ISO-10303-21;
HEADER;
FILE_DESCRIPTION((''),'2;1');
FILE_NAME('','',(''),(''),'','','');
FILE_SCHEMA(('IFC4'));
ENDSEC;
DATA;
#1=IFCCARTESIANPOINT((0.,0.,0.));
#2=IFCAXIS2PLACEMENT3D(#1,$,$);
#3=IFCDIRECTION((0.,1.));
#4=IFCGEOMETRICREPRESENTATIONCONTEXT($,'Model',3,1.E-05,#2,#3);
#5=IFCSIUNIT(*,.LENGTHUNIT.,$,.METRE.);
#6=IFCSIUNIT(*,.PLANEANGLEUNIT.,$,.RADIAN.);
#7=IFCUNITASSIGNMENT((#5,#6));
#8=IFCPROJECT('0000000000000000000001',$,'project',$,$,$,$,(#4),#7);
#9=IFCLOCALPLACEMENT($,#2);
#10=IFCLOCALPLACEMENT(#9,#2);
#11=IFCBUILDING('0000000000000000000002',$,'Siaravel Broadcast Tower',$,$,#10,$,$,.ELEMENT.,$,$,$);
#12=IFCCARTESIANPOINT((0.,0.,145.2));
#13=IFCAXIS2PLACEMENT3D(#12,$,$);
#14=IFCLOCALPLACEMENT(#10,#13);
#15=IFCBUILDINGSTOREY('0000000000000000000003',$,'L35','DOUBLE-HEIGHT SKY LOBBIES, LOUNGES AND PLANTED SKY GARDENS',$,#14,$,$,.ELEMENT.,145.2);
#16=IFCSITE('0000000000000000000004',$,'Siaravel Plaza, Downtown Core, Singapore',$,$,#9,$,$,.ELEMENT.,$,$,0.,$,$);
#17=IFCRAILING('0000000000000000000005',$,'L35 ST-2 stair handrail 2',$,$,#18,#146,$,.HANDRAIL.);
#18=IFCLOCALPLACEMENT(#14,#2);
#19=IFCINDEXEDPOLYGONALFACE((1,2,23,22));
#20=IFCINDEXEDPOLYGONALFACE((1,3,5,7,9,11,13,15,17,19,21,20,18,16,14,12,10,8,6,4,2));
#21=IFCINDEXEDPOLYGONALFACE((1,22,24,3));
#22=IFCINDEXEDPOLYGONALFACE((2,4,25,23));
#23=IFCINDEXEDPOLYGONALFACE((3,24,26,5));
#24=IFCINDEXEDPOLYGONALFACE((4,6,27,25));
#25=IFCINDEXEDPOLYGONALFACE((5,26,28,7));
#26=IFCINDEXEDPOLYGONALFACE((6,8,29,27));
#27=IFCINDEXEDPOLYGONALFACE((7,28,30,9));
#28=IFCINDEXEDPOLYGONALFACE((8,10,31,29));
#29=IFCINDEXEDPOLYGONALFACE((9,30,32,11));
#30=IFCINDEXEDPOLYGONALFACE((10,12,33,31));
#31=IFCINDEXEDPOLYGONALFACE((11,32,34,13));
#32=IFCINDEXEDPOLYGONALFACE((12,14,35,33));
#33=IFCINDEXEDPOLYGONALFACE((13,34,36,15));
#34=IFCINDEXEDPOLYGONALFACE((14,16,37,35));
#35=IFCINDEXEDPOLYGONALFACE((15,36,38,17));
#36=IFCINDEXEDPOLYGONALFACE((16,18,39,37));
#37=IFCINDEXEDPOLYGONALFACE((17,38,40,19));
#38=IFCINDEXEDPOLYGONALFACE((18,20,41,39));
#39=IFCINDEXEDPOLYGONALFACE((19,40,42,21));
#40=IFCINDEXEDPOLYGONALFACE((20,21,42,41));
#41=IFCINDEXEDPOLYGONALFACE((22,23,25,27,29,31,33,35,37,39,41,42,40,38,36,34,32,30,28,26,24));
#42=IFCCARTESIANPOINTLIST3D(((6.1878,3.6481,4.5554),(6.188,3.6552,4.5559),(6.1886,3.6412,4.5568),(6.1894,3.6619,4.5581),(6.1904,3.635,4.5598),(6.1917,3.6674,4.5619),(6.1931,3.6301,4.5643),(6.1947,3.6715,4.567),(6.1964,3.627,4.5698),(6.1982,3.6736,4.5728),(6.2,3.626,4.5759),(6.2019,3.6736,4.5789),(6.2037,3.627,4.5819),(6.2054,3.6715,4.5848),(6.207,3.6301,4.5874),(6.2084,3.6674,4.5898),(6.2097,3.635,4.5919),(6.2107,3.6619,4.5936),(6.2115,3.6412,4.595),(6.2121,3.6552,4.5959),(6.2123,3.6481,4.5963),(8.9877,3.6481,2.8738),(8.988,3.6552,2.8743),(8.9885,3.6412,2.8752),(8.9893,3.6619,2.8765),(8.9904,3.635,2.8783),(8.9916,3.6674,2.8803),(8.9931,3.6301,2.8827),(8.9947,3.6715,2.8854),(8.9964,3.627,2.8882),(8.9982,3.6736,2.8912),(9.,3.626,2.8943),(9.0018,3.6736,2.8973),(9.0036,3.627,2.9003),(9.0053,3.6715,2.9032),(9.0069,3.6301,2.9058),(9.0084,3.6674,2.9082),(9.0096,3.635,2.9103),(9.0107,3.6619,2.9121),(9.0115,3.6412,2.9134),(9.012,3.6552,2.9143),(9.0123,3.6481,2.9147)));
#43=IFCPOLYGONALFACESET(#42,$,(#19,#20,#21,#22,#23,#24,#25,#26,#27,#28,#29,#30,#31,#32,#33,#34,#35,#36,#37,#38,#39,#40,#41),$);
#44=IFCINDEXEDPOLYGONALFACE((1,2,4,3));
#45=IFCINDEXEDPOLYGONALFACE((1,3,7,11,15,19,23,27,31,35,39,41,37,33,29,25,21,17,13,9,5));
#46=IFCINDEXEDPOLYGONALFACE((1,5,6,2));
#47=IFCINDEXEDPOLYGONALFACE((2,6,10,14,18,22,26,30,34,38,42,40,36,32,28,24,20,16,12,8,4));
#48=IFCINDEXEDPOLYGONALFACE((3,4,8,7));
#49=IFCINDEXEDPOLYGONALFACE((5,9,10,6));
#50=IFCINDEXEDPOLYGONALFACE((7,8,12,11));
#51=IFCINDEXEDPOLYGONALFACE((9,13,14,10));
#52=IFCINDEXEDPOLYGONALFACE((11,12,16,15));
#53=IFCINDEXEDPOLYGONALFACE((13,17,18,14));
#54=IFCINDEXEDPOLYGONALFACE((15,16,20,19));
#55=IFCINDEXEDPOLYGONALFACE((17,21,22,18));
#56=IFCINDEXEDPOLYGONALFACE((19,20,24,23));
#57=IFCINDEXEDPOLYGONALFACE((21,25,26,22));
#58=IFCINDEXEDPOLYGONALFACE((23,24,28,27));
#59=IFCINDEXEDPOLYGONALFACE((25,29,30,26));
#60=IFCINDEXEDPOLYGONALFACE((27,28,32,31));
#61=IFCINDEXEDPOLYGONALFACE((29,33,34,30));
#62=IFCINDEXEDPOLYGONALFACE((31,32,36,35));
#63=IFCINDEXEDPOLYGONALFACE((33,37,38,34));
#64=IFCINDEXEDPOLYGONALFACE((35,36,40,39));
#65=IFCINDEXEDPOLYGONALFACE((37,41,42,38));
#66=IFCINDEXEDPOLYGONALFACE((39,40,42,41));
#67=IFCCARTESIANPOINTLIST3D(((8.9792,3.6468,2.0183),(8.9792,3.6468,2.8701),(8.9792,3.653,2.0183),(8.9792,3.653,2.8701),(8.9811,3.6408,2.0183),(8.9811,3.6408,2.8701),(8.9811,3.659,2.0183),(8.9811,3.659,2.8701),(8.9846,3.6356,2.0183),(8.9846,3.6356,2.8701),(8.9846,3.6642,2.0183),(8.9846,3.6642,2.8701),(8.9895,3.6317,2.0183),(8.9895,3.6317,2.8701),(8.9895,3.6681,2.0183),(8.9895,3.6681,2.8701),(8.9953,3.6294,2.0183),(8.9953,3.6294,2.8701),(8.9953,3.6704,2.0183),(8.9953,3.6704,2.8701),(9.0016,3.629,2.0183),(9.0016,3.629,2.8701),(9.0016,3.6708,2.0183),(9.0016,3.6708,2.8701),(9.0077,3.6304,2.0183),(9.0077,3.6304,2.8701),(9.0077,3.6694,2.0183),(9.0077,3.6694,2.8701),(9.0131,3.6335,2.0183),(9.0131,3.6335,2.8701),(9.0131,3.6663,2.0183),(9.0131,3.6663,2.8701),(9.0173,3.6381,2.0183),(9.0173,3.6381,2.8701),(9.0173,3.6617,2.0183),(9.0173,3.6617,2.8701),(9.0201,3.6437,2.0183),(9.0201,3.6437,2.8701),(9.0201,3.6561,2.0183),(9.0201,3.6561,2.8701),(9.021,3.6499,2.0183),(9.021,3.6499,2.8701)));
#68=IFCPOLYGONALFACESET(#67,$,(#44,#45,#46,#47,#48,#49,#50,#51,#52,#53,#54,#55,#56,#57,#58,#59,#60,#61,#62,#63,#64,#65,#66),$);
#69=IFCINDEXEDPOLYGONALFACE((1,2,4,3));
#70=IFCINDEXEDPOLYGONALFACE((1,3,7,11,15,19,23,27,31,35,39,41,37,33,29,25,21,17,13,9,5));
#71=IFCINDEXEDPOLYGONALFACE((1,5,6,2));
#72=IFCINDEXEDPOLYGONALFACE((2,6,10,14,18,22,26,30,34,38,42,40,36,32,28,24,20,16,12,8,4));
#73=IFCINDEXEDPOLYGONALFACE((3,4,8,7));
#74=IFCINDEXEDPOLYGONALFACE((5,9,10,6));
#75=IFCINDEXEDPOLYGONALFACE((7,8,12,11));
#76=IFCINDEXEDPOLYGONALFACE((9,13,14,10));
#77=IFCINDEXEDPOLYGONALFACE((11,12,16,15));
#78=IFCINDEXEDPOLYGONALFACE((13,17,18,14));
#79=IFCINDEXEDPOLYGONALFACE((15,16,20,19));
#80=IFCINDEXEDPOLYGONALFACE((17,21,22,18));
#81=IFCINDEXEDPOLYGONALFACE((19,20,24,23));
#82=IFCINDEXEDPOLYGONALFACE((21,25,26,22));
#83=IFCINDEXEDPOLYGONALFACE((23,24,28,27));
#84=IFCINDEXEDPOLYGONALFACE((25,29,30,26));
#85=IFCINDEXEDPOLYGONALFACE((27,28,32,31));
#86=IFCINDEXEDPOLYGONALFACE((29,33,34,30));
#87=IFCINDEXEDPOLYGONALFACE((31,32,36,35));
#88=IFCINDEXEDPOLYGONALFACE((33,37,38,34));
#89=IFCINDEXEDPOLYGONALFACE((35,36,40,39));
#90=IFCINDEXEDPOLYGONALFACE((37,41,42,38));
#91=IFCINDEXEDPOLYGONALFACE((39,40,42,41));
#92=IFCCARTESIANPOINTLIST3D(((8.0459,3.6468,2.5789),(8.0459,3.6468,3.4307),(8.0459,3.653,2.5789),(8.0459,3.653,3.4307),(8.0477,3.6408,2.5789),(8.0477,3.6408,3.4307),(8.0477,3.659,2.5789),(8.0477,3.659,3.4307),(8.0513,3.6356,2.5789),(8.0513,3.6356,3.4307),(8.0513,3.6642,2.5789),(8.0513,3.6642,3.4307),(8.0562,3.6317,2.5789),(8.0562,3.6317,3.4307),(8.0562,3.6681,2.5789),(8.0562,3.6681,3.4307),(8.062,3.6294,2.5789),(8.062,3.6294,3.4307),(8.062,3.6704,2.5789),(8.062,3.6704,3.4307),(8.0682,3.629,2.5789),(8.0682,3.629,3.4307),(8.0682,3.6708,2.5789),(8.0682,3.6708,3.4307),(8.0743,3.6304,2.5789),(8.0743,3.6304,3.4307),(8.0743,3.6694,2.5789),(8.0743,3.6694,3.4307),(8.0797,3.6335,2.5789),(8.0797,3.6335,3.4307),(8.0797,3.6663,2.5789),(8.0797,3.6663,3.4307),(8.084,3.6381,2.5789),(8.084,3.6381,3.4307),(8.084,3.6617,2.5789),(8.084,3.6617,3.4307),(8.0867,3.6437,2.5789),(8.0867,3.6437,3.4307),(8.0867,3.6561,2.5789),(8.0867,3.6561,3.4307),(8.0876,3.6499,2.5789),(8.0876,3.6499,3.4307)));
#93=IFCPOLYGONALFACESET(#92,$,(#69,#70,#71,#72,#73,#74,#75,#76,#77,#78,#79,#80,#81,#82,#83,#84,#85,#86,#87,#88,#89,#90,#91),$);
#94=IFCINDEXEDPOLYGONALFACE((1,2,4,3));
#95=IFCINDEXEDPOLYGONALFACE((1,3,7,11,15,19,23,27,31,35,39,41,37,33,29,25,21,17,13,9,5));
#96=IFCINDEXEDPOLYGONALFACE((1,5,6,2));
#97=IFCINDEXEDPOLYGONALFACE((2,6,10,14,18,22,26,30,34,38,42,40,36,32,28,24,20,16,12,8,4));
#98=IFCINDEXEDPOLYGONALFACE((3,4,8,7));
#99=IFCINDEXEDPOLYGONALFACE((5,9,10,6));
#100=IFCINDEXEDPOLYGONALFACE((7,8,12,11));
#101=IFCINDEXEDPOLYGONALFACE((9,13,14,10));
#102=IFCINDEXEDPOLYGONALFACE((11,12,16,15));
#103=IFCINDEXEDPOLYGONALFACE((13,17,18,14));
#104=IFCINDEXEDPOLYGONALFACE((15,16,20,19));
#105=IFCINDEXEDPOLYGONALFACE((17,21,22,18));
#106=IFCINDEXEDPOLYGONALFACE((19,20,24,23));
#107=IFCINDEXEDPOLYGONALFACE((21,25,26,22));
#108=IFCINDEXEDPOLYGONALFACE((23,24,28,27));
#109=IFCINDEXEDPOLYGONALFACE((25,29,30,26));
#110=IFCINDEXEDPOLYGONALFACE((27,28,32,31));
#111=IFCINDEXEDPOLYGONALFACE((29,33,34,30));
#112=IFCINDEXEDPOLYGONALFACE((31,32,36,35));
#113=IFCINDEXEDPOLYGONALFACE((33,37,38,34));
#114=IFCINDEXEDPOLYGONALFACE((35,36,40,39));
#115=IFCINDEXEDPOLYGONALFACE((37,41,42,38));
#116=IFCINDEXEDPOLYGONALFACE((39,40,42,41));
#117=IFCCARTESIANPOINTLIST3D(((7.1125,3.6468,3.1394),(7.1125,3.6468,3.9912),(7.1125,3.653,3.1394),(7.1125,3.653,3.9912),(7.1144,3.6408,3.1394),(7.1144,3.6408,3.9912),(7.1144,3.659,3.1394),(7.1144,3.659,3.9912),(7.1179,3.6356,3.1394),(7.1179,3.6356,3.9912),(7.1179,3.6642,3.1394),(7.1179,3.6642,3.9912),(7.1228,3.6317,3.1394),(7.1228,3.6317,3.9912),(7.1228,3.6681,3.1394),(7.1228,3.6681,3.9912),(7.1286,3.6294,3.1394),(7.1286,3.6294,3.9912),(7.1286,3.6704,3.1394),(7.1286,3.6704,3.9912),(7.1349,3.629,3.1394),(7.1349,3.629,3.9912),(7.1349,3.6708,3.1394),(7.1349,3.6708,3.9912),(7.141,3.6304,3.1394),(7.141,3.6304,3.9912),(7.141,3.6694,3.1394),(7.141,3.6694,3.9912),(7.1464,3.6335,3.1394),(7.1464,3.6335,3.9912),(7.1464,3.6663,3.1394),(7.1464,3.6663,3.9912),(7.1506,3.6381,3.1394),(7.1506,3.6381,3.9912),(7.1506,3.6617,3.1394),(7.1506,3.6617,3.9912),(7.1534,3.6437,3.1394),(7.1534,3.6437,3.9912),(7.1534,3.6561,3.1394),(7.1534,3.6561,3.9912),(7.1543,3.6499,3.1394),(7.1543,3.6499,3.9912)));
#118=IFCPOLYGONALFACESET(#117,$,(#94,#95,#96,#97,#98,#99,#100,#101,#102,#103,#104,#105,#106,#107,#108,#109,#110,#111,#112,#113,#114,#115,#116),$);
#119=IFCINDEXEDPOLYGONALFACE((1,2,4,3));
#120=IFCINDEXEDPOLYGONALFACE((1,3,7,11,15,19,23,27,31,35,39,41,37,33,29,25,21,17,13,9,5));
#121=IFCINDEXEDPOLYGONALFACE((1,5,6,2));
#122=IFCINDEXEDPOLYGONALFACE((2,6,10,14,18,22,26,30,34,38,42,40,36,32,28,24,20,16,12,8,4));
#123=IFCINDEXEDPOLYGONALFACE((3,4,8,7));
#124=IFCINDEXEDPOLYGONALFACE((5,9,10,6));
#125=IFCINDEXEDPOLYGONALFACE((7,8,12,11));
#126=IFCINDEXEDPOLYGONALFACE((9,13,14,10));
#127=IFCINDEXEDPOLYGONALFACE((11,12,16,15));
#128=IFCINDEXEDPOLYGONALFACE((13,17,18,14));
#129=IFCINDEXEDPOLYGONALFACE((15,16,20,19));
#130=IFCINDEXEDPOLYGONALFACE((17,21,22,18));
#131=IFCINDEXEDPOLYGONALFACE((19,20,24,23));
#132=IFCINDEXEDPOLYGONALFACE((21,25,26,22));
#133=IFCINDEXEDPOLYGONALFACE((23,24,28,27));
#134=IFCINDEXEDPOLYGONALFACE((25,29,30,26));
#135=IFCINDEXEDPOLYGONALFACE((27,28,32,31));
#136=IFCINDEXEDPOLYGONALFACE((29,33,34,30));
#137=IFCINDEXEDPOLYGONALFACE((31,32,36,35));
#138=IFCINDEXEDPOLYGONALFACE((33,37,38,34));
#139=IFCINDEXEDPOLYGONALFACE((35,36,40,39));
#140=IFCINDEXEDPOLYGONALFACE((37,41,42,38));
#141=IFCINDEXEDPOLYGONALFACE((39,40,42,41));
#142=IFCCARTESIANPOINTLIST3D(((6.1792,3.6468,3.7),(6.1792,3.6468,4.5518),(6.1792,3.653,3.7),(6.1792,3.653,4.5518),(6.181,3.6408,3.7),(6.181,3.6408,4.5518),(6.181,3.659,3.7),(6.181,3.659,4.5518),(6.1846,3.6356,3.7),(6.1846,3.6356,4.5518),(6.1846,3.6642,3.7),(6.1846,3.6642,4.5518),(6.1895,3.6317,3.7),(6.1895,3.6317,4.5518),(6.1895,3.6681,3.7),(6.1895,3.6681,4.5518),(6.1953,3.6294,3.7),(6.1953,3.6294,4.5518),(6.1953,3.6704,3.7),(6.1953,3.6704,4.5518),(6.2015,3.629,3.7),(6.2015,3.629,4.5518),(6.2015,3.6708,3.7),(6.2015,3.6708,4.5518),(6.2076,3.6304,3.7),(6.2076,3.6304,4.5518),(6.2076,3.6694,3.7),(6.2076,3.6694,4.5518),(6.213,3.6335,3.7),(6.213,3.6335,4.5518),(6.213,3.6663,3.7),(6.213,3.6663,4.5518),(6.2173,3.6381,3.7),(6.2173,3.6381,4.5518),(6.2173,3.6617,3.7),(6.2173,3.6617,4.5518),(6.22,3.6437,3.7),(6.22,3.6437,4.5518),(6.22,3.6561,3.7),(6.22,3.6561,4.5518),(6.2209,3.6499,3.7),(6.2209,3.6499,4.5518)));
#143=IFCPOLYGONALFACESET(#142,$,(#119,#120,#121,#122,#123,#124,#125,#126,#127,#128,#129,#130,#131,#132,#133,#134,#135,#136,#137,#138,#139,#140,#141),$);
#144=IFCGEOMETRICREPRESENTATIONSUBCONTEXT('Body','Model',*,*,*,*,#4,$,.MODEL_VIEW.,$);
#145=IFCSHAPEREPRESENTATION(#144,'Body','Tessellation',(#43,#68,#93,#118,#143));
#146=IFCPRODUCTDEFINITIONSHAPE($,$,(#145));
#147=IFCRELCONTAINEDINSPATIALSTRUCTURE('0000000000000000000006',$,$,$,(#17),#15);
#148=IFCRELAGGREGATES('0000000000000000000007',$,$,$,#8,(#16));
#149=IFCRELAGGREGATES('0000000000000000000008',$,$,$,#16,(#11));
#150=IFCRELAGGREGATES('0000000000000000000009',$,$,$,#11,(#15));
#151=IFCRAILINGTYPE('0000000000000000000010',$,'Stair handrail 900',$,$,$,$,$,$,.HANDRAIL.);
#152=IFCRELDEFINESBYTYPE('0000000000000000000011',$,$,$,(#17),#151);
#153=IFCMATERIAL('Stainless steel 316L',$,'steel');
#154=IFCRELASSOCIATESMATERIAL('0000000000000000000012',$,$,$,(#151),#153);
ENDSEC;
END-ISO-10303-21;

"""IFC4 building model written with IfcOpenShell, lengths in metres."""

from ifc_helpers import new_model, si_unit, direction, frame, origin, origin_2d, place, context, subcontext, project, spatial, circle, extrude, material, type_object, element, save


model = new_model("IFC4")

# Units and contexts
model_context = context("Model", 3, precision=1e-05, world=origin(), true_north=direction((0.0, 1.0)))
body_context = subcontext(model_context, "Body", "Model", "MODEL_VIEW")
ifc_project = project(units=[si_unit("LENGTHUNIT", "METRE"), si_unit("PLANEANGLEUNIT", "RADIAN")], contexts=[model_context])

# Site, building, storey
site_placement = place(None, origin())
site = spatial("IfcSite", under=ifc_project, at=site_placement, Name="Siaravel Plaza, Downtown Core, Singapore", CompositionType="ELEMENT", RefElevation=0.0)
building_placement = place(site_placement, origin())
building = spatial("IfcBuilding", under=site, at=building_placement, Name="Siaravel Broadcast Tower", CompositionType="ELEMENT")
storey_placement = place(building_placement, frame((0.0, 0.0, 145.2)))
storey = spatial("IfcBuildingStorey", under=building, at=storey_placement, Name="L35", Description="DOUBLE-HEIGHT SKY LOBBIES, LOUNGES AND PLANTED SKY GARDENS", CompositionType="ELEMENT", Elevation=145.2)

# Railing
ifc_material_1 = material(Name="Stainless steel 316L", Category="steel")
railing_type_1 = type_object("IfcRailingType", Name="Stair handrail 900", PredefinedType="HANDRAIL", material=ifc_material_1)
railing_1_placement = place(storey_placement, frame((9.0, 3.6499, 2.0183)))
element("IfcRailing", 1, at=railing_1_placement, inside=storey, type_object=railing_type_1, Name="L35 ST-2 stair handrail 2", PredefinedType="HANDRAIL", context=body_context, shape_type="SweptSolid", body=[
    extrude(circle(Radius=0.0239, at=origin_2d()), frame((0.0, 0.0, 0.876), z_axis=(-0.857275, 0.0, 0.514858), x_axis=(0.0, -1.0, 0.0)), (0.0, 0.0, 1.0), 3.2661),
    extrude(circle(Radius=0.021, at=origin_2d()), origin(), (0.0, 0.0, 1.0), 0.8518),
    extrude(circle(Radius=0.021, at=origin_2d()), frame((-0.9333, 0.0, 0.5605)), (0.0, 0.0, 1.0), 0.8518),
    extrude(circle(Radius=0.021, at=origin_2d()), frame((-1.8667, 0.0, 1.1211)), (0.0, 0.0, 1.0), 0.8518),
    extrude(circle(Radius=0.021, at=origin_2d()), frame((-2.8, 0.0, 1.6816)), (0.0, 0.0, 1.0), 0.8518),
])

save(model, "model.ifc")
